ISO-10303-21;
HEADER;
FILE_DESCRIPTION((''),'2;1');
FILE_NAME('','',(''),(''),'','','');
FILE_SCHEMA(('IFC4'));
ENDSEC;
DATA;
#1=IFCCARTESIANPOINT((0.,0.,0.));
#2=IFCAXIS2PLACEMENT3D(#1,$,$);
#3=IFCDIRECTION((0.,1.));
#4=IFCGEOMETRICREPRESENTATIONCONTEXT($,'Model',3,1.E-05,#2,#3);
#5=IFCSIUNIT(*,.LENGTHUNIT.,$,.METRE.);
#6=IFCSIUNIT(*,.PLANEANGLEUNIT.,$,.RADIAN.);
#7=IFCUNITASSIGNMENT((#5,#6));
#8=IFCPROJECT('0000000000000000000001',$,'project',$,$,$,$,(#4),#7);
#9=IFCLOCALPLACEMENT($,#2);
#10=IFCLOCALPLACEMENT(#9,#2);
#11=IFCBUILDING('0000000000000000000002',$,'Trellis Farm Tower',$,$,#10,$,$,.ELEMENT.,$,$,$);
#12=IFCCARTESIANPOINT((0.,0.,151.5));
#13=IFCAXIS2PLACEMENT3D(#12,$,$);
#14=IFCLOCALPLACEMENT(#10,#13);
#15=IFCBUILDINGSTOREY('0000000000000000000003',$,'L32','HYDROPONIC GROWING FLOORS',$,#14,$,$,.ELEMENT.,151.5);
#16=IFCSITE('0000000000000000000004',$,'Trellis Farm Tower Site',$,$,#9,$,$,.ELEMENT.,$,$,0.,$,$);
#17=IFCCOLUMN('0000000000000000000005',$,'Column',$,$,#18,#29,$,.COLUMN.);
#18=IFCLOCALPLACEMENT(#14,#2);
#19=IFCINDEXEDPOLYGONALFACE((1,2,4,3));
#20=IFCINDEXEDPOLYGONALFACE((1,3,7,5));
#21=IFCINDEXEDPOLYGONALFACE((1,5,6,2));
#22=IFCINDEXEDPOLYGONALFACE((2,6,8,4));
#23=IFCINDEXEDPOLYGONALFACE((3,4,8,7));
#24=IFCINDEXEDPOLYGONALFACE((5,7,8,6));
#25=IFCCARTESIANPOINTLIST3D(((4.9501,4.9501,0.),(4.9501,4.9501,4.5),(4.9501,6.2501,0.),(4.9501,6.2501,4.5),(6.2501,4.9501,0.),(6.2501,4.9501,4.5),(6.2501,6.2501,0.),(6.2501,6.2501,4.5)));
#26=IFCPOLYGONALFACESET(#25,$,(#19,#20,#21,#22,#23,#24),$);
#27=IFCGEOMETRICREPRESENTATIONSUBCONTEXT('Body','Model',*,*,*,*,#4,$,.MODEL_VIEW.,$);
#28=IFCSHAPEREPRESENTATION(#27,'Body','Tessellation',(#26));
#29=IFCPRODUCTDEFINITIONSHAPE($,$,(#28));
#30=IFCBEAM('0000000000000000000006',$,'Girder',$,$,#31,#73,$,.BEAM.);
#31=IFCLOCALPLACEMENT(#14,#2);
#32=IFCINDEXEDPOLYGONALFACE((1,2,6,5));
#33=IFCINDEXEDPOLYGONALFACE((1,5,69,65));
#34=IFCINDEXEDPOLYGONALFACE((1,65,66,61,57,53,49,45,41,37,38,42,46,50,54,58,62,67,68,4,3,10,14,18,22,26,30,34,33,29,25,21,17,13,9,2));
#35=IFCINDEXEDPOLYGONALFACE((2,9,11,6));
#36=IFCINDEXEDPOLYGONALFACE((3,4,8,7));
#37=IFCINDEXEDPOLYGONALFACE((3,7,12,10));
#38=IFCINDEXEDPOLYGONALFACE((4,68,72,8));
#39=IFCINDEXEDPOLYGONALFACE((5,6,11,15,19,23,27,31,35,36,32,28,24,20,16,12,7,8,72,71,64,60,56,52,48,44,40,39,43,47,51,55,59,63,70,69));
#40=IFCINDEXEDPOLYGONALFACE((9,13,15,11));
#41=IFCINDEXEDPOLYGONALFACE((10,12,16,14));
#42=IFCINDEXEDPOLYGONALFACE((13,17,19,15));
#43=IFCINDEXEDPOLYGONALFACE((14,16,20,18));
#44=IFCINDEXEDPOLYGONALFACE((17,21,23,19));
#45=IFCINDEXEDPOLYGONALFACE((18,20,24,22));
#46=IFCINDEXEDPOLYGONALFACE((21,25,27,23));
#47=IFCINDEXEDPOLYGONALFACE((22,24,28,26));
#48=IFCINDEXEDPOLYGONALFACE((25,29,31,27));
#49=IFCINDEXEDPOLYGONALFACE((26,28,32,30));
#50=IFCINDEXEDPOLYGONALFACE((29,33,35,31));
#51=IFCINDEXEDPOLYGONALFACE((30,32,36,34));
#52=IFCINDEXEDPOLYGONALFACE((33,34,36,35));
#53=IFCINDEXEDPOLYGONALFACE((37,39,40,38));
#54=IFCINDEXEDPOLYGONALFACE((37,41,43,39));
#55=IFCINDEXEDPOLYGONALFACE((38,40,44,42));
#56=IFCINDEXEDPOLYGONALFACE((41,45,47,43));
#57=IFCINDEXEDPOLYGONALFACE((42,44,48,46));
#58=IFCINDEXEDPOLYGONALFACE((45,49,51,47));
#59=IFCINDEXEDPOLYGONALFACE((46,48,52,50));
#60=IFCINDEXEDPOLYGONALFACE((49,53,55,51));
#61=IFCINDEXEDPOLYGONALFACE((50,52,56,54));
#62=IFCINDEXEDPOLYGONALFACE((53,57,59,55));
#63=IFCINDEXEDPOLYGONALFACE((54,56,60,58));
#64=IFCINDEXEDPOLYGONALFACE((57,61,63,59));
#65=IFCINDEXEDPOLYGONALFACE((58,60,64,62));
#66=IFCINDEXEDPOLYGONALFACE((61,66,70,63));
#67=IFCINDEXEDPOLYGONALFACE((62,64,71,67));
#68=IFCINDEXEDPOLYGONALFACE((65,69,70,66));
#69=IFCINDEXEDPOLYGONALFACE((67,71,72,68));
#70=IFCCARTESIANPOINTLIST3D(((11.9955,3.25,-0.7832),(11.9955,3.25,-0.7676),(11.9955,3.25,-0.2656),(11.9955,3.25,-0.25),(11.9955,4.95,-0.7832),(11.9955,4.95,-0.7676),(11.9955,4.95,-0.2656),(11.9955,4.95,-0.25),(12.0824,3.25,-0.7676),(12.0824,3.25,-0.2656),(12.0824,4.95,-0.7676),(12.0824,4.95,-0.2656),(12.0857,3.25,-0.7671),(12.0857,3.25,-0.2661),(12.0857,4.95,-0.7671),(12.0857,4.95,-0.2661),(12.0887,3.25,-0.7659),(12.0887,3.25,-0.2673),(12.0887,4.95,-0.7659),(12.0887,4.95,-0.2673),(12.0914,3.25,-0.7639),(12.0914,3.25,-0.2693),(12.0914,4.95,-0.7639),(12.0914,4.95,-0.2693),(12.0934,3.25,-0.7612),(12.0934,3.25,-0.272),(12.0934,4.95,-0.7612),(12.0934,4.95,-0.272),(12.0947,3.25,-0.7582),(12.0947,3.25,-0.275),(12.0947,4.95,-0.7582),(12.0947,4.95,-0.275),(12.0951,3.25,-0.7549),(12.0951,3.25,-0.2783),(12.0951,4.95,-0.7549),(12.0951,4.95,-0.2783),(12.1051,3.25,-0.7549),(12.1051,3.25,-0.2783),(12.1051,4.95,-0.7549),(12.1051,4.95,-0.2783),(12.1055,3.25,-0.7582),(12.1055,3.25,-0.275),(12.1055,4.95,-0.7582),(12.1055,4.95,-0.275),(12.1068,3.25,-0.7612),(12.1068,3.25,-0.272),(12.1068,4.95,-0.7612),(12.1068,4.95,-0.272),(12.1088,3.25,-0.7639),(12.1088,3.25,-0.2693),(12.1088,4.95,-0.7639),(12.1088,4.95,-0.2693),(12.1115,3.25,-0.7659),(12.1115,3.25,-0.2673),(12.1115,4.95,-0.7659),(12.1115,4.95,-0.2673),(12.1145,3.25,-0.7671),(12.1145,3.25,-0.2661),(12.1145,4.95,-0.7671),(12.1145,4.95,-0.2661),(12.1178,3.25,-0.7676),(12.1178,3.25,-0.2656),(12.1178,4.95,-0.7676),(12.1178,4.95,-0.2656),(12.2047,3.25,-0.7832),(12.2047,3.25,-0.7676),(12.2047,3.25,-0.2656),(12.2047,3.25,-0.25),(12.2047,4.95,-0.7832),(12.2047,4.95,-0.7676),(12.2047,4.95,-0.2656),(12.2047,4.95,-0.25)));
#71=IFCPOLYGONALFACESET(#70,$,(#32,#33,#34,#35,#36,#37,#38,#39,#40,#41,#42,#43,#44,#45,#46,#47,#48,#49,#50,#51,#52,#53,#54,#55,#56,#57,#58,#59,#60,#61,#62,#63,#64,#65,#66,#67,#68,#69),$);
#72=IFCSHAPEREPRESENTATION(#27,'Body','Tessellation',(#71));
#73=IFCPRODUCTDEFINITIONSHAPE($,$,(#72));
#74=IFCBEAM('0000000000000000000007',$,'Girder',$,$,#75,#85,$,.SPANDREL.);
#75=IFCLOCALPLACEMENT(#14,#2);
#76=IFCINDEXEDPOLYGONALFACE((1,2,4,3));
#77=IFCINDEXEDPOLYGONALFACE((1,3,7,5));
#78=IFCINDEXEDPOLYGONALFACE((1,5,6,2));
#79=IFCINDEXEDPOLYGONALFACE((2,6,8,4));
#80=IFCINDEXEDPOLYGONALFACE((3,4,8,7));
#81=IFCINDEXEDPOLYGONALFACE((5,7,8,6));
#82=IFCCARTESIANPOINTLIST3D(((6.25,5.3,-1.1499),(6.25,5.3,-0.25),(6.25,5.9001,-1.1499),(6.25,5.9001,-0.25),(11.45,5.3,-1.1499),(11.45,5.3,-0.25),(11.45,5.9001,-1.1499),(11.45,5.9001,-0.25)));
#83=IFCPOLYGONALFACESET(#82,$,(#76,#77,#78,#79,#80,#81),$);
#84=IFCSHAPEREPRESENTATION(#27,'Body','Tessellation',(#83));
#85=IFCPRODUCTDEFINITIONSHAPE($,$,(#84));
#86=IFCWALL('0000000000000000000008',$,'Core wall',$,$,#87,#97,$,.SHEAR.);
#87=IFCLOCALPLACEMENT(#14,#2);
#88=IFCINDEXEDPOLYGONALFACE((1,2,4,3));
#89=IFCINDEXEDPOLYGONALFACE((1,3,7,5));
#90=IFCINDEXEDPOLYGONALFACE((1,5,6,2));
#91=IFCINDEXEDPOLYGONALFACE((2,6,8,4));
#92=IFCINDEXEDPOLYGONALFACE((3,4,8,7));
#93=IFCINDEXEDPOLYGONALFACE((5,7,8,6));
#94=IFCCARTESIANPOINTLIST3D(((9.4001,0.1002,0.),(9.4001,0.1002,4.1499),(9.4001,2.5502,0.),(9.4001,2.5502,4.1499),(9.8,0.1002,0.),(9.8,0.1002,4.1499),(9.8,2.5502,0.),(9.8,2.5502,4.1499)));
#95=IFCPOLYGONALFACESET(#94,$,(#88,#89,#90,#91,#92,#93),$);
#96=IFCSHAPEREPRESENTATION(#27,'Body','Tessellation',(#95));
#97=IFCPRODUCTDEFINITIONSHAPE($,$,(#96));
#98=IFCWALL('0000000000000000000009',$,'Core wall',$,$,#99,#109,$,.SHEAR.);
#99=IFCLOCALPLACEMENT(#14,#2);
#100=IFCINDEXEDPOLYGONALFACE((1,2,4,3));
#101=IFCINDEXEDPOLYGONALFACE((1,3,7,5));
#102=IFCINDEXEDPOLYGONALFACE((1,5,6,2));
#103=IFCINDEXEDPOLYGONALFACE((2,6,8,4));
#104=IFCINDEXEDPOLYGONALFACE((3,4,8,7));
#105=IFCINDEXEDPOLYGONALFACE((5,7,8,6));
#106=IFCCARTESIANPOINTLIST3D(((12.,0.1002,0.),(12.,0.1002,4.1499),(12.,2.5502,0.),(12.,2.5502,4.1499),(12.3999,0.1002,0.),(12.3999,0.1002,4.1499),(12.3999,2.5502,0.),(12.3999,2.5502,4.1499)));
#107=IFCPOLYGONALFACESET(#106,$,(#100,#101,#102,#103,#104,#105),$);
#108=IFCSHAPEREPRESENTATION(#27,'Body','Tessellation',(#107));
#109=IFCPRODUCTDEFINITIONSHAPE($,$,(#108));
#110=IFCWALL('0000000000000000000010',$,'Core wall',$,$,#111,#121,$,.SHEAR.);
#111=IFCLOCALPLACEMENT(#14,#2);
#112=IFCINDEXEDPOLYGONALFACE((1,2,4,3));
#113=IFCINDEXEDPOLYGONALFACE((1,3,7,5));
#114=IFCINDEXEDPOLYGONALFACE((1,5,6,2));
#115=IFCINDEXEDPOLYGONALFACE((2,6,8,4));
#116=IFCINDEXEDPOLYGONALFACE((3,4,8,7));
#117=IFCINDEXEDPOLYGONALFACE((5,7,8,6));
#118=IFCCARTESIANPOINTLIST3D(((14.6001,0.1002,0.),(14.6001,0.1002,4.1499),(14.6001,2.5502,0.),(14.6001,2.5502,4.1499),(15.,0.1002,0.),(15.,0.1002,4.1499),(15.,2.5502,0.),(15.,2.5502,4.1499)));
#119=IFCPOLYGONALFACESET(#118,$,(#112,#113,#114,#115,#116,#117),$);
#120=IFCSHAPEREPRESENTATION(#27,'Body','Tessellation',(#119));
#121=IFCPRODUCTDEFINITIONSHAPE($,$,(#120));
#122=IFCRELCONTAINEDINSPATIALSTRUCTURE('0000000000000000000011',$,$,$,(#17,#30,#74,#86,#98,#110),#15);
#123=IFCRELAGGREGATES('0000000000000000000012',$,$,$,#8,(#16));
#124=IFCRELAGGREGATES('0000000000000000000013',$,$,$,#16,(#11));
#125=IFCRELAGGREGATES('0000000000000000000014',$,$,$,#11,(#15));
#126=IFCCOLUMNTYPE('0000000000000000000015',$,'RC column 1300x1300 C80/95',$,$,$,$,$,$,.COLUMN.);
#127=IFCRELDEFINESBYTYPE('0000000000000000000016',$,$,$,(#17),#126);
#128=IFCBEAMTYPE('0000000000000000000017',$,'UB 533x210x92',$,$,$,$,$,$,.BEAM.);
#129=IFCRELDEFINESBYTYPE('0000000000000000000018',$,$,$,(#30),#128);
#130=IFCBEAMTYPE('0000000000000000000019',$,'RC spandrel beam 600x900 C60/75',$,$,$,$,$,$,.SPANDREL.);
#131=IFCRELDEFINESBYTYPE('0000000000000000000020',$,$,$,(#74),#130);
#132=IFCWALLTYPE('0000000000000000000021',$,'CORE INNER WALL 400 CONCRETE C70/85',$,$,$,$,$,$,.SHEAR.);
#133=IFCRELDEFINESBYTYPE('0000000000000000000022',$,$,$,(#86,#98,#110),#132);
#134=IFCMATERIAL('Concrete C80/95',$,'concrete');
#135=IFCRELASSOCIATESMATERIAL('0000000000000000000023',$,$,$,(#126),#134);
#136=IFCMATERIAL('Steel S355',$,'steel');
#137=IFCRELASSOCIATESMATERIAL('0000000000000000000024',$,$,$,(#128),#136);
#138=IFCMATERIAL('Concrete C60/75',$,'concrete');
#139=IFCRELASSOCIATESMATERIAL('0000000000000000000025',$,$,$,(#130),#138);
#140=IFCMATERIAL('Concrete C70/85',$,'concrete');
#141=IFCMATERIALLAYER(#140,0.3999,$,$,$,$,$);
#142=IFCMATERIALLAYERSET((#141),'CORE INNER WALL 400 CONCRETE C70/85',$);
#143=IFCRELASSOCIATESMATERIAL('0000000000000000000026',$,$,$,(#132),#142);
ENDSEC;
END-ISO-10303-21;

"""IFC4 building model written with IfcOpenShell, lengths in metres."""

from ifc_helpers import new_model, si_unit, direction, frame, frame_2d, origin, origin_2d, place, context, subcontext, project, spatial, rectangle, i_section, extrude, source, transform, mapped, material, layer, layer_set, material_profile, profile_set, type_object, element, save


model = new_model("IFC4")

# Units and contexts
model_context = context("Model", 3, precision=1e-05, world=origin(), true_north=direction((0.0, 1.0)))
body_context = subcontext(model_context, "Body", "Model", "MODEL_VIEW")
ifc_project = project(units=[si_unit("LENGTHUNIT", "METRE"), si_unit("PLANEANGLEUNIT", "RADIAN")], contexts=[model_context])

# Site, building, storey
site_placement = place(None, origin())
site = spatial("IfcSite", under=ifc_project, at=site_placement, Name="Trellis Farm Tower Site", CompositionType="ELEMENT", RefElevation=0.0)
building_placement = place(site_placement, origin())
building = spatial("IfcBuilding", under=site, at=building_placement, Name="Trellis Farm Tower", CompositionType="ELEMENT")
storey_placement = place(building_placement, frame((0.0, 0.0, 151.5)))
storey = spatial("IfcBuildingStorey", under=building, at=storey_placement, Name="L32", Description="HYDROPONIC GROWING FLOORS", CompositionType="ELEMENT", Elevation=151.5)

# Column
ifc_material_1 = material(Name="Concrete C80/95", Category="concrete")
ifc_material_profile_1 = material_profile(ifc_material_1, rectangle(XDim=1.3, YDim=1.3, at=origin_2d()), Name="RC column 1300x1300 C80/95")
ifc_profile_set_1 = profile_set([ifc_material_profile_1], Name="Concrete C80/95")
column_type = type_object("IfcColumnType", Name="RC column 1300x1300 C80/95", PredefinedType="COLUMN", material=ifc_profile_set_1)
shared_shape_1 = source(origin(), body_context, "Body", "SweptSolid", [
    extrude(rectangle(XDim=1.3, YDim=1.3, at=origin_2d()), origin(), (0.0, 0.0, 1.0), 4.5),
])
column_placement = place(storey_placement, frame((5.6001, 5.6001, 0.0), z_axis=(0.0, 0.0, 1.0), x_axis=(1.0, 0.0, 0.0)))
element("IfcColumn", 1, at=column_placement, inside=storey, type_object=column_type, Name="Column", PredefinedType="COLUMN", context=body_context, shape_type="MappedRepresentation", body=[
    mapped(shared_shape_1, transform((0.0, 0.0, 0.0))),
])

# Beams
ifc_material_2 = material(Name="Steel S355", Category="steel")
ifc_material_profile_2 = material_profile(ifc_material_2, i_section(OverallWidth=0.2092, OverallDepth=0.5332, WebThickness=0.01, FlangeThickness=0.0156, FilletRadius=0.0127, at=origin_2d()), Name="UB 533x210x92")
ifc_profile_set_2 = profile_set([ifc_material_profile_2], Name="Steel S355")
beam_type_1 = type_object("IfcBeamType", Name="UB 533x210x92", PredefinedType="BEAM", material=ifc_profile_set_2)
shared_shape_2 = source(origin(), body_context, "Body", "SweptSolid", [
    extrude(i_section(OverallWidth=0.2092, OverallDepth=0.5332, WebThickness=0.01, FlangeThickness=0.0156, FilletRadius=0.0127, at=origin_2d()), origin(), (0.0, 0.0, 1.0), 1.7),
])
beam_1_placement = place(storey_placement, frame((12.1001, 3.25, -0.5166), z_axis=(0.0, 1.0, 0.0), x_axis=(-1.0, 0.0, 0.0)))
element("IfcBeam", 2, at=beam_1_placement, inside=storey, type_object=beam_type_1, Name="Girder", PredefinedType="BEAM", context=body_context, shape_type="MappedRepresentation", body=[
    mapped(shared_shape_2, transform((0.0, 0.0, 0.0))),
])
ifc_material_3 = material(Name="Concrete C60/75", Category="concrete")
ifc_material_profile_3 = material_profile(ifc_material_3, rectangle(XDim=0.6001, YDim=0.8999, at=origin_2d()), Name="RC spandrel beam 600x900 C60/75")
ifc_profile_set_3 = profile_set([ifc_material_profile_3], Name="Concrete C60/75")
beam_type_2 = type_object("IfcBeamType", Name="RC spandrel beam 600x900 C60/75", PredefinedType="SPANDREL", material=ifc_profile_set_3)
shared_shape_3 = source(origin(), body_context, "Body", "SweptSolid", [
    extrude(rectangle(XDim=0.6001, YDim=0.8999, at=origin_2d()), origin(), (0.0, 0.0, 1.0), 5.2),
])
beam_2_placement = place(storey_placement, frame((6.25, 5.6001, -0.7), z_axis=(1.0, 0.0, 0.0), x_axis=(0.0, 1.0, 0.0)))
element("IfcBeam", 3, at=beam_2_placement, inside=storey, type_object=beam_type_2, Name="Girder", PredefinedType="SPANDREL", context=body_context, shape_type="MappedRepresentation", body=[
    mapped(shared_shape_3, transform((0.0, 0.0, 0.0))),
])

# Walls
ifc_material_4 = material(Name="Concrete C70/85", Category="concrete")
ifc_layer_1 = layer(ifc_material_4, 0.3999)
ifc_layer_set_1 = layer_set([ifc_layer_1], Name="CORE INNER WALL 400 CONCRETE C70/85")
wall_type_1 = type_object("IfcWallType", Name="CORE INNER WALL 400 CONCRETE C70/85", PredefinedType="SHEAR", material=ifc_layer_set_1)
shared_shape_4 = source(origin(), body_context, "Body", "SweptSolid", [
    extrude(rectangle(XDim=2.45, YDim=0.3999, at=frame_2d((1.2251, 0.0))), origin(), (0.0, 0.0, 1.0), 4.1499),
])
for number, where, z_axis, x_axis, name in (
    (4, (9.6001, 0.1001, 0.0), (0.0, 0.0, 1.0), (0.0, 1.0, 0.0), "Core wall"),
    (5, (12.2, 0.1001, 0.0), (0.0, 0.0, 1.0), (0.0, 1.0, 0.0), "Core wall"),
    (6, (14.8, 0.1001, 0.0), (0.0, 0.0, 1.0), (0.0, 1.0, 0.0), "Core wall"),
):
    element("IfcWall", number, at=place(storey_placement, frame(where, z_axis=z_axis, x_axis=x_axis)), inside=storey, type_object=wall_type_1, Name=name, PredefinedType="SHEAR", context=body_context, shape_type="MappedRepresentation", body=[
        mapped(shared_shape_4, transform((0.0, 0.0, 0.0))),
    ])

save(model, "model.ifc")
